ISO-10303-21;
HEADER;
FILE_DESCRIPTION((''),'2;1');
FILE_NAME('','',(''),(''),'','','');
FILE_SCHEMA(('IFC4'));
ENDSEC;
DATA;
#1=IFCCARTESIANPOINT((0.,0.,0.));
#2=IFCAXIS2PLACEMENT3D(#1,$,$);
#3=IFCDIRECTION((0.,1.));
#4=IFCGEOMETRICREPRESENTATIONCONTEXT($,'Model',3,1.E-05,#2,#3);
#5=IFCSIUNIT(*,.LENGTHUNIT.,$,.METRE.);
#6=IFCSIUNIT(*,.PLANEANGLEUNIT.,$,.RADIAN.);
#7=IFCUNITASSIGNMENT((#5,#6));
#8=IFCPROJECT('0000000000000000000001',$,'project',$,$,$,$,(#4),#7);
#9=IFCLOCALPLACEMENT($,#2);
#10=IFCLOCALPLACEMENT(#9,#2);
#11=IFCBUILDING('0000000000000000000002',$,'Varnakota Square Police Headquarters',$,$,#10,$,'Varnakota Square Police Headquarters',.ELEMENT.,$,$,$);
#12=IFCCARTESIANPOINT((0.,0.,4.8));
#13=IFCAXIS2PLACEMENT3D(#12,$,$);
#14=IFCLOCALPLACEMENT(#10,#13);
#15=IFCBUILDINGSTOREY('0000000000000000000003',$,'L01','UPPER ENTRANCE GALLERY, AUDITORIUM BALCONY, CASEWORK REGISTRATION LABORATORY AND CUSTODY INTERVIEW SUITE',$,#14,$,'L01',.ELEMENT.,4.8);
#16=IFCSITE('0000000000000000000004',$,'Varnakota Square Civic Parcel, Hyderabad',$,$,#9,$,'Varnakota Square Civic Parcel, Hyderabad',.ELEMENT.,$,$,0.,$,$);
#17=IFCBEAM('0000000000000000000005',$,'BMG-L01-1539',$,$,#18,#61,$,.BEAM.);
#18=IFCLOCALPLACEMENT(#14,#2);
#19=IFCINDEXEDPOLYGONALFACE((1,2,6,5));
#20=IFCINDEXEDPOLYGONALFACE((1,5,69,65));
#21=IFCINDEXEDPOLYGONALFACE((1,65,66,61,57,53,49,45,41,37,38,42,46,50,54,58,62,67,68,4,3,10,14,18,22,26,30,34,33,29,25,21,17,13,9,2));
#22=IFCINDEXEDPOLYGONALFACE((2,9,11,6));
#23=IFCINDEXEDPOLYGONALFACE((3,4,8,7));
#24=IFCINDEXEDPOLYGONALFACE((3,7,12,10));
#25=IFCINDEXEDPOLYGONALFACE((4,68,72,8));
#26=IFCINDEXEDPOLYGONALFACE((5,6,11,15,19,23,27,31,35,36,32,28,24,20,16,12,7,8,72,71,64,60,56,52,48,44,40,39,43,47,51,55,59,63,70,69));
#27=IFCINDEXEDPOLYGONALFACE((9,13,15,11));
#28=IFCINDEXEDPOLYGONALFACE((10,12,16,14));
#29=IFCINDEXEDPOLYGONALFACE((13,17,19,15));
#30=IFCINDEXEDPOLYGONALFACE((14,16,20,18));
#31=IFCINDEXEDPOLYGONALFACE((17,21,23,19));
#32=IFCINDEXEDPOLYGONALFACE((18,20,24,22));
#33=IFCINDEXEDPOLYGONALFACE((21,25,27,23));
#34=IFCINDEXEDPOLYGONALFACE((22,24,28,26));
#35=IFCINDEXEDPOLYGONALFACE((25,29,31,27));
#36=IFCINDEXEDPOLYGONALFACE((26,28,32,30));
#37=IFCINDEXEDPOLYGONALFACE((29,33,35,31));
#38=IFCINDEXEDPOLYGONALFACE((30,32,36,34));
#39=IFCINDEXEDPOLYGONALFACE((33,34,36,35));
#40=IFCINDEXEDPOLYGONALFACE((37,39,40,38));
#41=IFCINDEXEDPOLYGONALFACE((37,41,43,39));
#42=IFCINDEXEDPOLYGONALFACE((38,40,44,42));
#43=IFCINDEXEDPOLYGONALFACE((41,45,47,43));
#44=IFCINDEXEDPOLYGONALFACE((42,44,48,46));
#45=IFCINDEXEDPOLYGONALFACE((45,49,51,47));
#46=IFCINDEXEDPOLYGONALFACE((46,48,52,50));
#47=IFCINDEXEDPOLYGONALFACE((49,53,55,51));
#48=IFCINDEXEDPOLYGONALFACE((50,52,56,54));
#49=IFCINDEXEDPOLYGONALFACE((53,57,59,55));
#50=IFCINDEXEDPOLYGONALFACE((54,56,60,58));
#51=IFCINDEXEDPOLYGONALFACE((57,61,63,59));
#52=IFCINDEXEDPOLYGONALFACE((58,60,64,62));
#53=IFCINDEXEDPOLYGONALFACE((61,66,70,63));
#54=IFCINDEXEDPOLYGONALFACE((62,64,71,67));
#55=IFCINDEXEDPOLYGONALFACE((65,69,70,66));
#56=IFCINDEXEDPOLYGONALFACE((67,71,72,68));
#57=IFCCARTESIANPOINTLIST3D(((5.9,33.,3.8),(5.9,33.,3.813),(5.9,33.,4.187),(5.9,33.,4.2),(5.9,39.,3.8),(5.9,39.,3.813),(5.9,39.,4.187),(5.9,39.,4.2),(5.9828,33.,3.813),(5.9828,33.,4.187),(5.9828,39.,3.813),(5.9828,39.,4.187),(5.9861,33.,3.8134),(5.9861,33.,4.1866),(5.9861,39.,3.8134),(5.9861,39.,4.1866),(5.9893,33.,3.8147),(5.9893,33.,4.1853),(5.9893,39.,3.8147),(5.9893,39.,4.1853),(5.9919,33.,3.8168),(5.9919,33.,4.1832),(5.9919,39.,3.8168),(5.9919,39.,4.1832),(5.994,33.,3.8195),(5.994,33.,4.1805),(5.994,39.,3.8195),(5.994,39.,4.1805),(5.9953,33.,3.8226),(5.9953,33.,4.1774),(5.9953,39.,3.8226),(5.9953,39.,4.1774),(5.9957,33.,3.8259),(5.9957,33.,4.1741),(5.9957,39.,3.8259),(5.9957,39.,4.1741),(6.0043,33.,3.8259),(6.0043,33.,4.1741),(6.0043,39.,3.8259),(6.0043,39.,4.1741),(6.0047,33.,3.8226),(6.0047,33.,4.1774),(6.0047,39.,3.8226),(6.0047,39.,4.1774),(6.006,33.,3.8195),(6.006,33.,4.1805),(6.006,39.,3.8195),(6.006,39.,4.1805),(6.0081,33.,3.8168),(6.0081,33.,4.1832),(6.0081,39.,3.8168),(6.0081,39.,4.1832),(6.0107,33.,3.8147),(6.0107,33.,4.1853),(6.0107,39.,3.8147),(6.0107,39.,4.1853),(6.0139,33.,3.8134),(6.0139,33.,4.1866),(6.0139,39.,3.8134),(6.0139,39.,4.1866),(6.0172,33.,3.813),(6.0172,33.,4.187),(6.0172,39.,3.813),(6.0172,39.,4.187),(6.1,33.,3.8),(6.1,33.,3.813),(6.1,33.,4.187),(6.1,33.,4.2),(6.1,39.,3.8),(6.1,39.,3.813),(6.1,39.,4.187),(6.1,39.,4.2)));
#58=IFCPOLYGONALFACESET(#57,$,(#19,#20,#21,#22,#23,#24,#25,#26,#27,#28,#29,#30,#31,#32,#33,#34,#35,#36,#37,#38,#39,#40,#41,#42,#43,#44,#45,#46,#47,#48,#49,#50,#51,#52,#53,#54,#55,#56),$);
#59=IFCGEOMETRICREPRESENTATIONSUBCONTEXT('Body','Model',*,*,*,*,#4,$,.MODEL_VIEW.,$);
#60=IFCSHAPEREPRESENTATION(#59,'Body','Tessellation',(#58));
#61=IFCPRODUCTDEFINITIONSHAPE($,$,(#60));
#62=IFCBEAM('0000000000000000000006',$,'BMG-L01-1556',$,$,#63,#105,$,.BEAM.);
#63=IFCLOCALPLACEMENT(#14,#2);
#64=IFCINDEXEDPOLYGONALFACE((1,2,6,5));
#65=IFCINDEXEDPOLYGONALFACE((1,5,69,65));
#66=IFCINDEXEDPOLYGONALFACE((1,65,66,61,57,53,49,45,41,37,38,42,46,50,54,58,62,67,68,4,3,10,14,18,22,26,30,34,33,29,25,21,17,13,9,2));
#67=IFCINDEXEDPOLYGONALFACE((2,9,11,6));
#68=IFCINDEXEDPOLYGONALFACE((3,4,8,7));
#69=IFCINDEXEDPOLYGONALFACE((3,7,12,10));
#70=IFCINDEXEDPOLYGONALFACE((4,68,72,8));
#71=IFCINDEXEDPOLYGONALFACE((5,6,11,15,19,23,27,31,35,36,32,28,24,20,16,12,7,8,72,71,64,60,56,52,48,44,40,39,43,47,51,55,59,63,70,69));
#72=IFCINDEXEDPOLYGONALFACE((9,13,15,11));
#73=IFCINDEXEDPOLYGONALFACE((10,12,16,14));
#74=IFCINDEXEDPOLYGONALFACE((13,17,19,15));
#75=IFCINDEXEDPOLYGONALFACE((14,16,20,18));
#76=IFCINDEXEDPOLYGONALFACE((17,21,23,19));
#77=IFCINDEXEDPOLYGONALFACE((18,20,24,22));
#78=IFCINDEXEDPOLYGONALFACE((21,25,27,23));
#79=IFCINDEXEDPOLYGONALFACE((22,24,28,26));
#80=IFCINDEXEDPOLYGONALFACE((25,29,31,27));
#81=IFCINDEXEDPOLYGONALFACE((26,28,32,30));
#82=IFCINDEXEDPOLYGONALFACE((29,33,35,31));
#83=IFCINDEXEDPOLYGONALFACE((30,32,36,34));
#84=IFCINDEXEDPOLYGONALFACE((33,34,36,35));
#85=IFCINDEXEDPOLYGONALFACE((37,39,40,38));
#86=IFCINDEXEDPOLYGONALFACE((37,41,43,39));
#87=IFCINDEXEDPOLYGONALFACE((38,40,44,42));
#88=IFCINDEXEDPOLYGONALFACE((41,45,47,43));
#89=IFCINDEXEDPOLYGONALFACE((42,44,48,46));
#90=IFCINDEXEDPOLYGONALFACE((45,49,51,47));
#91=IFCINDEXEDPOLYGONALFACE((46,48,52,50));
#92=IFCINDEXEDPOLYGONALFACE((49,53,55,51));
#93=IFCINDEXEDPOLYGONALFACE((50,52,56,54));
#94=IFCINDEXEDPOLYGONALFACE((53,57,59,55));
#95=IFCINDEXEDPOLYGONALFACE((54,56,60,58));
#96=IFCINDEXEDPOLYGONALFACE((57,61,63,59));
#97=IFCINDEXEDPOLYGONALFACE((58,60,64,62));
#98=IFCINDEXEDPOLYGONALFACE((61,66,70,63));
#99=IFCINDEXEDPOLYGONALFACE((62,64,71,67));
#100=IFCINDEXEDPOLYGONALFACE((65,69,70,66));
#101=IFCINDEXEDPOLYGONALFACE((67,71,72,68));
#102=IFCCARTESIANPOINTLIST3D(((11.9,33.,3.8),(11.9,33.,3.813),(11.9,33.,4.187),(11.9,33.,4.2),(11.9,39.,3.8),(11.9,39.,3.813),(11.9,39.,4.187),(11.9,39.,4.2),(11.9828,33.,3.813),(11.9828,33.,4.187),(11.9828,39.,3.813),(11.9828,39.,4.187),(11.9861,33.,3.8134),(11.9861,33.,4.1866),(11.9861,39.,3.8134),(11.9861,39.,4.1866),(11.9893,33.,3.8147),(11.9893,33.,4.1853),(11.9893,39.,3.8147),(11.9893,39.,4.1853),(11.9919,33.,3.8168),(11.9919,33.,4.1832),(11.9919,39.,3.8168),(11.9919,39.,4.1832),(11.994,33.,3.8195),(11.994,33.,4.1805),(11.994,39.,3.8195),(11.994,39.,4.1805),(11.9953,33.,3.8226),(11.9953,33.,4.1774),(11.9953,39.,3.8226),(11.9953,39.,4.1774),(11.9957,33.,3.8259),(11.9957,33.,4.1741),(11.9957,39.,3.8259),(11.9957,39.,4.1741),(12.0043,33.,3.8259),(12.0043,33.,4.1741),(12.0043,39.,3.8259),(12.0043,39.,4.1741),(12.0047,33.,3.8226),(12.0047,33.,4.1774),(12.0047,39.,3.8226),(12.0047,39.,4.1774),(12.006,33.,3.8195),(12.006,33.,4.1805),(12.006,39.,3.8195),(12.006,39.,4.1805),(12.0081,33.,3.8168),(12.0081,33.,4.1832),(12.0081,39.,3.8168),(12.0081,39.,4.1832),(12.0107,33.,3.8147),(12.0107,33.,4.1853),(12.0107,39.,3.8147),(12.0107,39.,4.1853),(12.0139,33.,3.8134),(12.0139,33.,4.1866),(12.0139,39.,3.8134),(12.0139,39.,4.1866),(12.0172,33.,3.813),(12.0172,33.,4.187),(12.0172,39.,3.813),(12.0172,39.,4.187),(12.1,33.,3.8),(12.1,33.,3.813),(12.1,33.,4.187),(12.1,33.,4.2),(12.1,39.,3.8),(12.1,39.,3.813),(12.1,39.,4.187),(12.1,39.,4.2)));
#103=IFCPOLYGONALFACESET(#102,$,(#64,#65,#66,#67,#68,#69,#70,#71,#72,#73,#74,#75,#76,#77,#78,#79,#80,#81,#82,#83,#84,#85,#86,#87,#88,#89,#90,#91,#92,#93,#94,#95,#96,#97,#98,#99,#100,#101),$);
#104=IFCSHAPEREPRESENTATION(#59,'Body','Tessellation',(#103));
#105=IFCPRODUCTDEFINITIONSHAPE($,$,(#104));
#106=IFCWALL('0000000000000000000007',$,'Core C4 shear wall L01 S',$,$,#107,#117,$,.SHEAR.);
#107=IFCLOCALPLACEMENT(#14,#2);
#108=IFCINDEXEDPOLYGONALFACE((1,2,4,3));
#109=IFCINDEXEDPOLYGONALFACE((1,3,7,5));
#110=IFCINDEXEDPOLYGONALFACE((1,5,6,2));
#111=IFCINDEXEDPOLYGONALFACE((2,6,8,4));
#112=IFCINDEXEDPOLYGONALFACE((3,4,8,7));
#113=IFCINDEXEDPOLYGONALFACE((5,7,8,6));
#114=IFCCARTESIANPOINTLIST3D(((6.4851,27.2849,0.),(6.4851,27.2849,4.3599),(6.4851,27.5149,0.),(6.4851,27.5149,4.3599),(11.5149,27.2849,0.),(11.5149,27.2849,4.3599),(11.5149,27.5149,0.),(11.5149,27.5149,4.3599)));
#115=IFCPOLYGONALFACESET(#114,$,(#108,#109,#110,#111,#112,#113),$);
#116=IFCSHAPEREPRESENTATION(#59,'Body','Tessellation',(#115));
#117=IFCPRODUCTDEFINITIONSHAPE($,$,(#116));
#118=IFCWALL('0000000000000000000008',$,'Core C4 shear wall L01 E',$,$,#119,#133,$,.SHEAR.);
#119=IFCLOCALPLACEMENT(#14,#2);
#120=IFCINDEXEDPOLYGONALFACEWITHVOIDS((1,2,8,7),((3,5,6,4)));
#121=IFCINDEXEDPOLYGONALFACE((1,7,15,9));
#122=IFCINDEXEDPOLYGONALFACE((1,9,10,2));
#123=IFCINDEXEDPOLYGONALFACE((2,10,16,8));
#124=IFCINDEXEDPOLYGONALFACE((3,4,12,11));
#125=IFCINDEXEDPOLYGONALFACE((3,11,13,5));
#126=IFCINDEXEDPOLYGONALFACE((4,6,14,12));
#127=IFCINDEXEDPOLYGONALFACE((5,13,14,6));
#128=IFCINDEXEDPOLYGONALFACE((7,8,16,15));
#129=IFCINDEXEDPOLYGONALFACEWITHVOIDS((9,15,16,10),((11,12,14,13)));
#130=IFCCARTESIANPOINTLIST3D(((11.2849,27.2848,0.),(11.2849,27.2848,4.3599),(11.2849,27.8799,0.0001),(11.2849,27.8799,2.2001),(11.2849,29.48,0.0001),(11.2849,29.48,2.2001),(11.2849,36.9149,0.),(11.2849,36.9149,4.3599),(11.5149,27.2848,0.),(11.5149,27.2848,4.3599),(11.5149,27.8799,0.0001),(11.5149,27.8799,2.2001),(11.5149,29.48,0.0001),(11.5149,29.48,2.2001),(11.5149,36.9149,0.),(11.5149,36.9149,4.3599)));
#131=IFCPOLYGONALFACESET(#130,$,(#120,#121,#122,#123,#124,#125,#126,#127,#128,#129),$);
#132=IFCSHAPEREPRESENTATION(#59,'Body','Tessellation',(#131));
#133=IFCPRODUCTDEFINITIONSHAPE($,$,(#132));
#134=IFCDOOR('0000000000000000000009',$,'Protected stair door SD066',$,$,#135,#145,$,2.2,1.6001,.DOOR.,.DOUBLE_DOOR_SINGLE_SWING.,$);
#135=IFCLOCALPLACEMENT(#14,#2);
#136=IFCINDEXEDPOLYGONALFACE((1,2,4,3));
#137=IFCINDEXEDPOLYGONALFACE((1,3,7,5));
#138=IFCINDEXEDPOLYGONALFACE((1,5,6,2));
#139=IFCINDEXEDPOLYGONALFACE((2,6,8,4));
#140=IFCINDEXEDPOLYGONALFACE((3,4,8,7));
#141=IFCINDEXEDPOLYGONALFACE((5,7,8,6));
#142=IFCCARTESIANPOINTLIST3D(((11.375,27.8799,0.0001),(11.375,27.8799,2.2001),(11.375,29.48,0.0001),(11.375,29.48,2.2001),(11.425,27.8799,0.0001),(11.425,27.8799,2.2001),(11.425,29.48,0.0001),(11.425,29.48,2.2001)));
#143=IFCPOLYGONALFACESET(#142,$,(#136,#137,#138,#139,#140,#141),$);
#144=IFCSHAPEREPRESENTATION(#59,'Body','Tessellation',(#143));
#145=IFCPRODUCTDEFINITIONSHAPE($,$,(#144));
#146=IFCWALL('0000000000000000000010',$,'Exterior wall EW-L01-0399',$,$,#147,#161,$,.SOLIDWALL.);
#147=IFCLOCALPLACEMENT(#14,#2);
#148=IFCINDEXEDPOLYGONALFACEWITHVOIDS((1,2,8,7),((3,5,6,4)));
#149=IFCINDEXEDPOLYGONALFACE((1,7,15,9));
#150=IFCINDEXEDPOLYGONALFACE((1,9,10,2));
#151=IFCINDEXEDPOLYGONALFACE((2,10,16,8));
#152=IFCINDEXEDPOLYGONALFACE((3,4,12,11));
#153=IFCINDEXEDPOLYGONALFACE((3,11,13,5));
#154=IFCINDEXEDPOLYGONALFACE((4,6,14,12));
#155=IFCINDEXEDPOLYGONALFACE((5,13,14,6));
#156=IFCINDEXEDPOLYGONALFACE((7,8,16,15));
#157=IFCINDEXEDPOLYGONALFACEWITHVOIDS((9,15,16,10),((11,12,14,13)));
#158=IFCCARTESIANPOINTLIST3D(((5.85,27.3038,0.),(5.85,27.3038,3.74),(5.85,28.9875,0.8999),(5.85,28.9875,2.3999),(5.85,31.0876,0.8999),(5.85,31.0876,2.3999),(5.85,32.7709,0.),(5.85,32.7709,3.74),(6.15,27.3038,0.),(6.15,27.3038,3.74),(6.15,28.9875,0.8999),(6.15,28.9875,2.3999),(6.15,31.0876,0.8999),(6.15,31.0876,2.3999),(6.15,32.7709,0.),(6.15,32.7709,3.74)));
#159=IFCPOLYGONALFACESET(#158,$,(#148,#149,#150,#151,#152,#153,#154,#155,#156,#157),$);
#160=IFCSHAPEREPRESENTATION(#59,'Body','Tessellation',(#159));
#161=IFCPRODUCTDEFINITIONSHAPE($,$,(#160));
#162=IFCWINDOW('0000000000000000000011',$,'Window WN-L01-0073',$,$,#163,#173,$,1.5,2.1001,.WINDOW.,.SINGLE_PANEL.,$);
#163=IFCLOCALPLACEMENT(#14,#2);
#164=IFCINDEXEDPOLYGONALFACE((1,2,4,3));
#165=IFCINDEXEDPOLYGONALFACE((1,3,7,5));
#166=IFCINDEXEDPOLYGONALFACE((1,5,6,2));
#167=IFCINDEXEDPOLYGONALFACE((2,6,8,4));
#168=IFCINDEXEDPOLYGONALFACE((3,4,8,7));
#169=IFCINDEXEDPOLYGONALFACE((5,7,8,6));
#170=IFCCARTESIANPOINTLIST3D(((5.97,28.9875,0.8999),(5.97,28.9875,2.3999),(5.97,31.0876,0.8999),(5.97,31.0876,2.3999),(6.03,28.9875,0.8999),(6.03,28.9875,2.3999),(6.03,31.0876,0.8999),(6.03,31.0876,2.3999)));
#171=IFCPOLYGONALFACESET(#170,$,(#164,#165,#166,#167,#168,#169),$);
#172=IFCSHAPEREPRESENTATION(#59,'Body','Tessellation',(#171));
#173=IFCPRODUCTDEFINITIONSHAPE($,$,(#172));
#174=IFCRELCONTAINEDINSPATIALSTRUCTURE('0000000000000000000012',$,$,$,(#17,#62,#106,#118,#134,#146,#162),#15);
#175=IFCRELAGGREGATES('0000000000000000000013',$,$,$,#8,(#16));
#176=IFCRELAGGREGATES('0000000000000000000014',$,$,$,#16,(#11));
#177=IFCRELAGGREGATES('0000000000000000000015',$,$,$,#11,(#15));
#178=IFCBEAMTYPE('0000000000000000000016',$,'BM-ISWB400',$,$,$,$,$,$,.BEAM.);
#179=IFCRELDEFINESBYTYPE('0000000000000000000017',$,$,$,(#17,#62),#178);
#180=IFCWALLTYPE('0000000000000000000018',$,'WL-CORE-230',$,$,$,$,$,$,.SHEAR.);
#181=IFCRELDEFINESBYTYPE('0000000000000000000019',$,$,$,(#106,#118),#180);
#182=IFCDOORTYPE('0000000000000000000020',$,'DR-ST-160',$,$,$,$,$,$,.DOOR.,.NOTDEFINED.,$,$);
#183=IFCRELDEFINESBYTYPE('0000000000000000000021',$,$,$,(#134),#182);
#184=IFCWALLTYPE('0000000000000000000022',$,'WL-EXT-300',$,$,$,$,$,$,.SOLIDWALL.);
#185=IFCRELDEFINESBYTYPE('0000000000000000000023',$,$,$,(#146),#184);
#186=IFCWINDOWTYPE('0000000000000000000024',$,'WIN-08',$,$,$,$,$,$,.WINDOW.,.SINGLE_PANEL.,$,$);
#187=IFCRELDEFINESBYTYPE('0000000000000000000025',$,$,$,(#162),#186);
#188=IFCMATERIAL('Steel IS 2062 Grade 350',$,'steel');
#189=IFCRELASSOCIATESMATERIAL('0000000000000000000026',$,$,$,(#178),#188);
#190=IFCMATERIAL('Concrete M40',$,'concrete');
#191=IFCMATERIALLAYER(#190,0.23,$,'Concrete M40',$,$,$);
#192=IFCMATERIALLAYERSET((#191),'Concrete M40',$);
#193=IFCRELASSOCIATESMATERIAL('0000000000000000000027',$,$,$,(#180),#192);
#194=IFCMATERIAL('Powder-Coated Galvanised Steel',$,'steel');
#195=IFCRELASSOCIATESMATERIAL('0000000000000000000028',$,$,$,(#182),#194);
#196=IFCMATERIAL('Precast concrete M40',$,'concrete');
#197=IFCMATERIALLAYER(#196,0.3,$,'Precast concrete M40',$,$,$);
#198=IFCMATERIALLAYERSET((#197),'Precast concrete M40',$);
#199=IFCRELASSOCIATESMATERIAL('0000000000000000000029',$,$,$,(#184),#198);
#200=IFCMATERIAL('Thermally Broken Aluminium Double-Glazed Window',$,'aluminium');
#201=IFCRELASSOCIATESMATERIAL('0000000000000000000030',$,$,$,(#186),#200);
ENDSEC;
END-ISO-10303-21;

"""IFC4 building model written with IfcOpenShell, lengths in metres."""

from ifc_helpers import new_model, si_unit, direction, frame, frame_2d, origin, origin_2d, place, context, subcontext, project, spatial, rectangle, i_section, extrude, material, layer, layer_set, material_profile, profile_set, type_object, element, fill, save


model = new_model("IFC4")

# Units and contexts
model_context = context("Model", 3, precision=1e-05, world=origin(), true_north=direction((0.0, 1.0)))
body_context = subcontext(model_context, "Body", "Model", "MODEL_VIEW")
ifc_project = project(units=[si_unit("LENGTHUNIT", "METRE"), si_unit("PLANEANGLEUNIT", "RADIAN")], contexts=[model_context])

# Site, building, storey
site_placement = place(None, origin())
site = spatial("IfcSite", under=ifc_project, at=site_placement, Name="Varnakota Square Civic Parcel, Hyderabad", LongName="Varnakota Square Civic Parcel, Hyderabad", CompositionType="ELEMENT", RefElevation=0.0)
building_placement = place(site_placement, origin())
building = spatial("IfcBuilding", under=site, at=building_placement, Name="Varnakota Square Police Headquarters", LongName="Varnakota Square Police Headquarters", CompositionType="ELEMENT")
storey_placement = place(building_placement, frame((0.0, 0.0, 4.8)))
storey = spatial("IfcBuildingStorey", under=building, at=storey_placement, Name="L01", Description="UPPER ENTRANCE GALLERY, AUDITORIUM BALCONY, CASEWORK REGISTRATION LABORATORY AND CUSTODY INTERVIEW SUITE", LongName="L01", CompositionType="ELEMENT", Elevation=4.8)

# Shared definitions
ifc_material_1 = material(Name="Steel IS 2062 Grade 350", Category="steel")

# Beams
ifc_material_profile_1 = material_profile(ifc_material_1, i_section(OverallWidth=0.2, OverallDepth=0.3999, WebThickness=0.0085, FlangeThickness=0.0129, FilletRadius=0.0129, at=origin_2d()), Name="ISWB 400")
ifc_profile_set_1 = profile_set([ifc_material_profile_1], Name="Steel IS 2062 Grade 350")
beam_type_1 = type_object("IfcBeamType", Name="BM-ISWB400", PredefinedType="BEAM", material=ifc_profile_set_1)
for number, where, z_axis, x_axis, name in (
    (1, (6.0, 33.0, 4.0), (0.0, 1.0, 0.0), (-1.0, 0.0, 0.0), "BMG-L01-1539"),
    (2, (12.0, 33.0, 4.0), (0.0, 1.0, 0.0), (-1.0, 0.0, 0.0), "BMG-L01-1556"),
):
    element("IfcBeam", number, at=place(storey_placement, frame(where, z_axis=z_axis, x_axis=x_axis)), inside=storey, type_object=beam_type_1, Name=name, PredefinedType="BEAM", context=body_context, shape_type="SweptSolid", body=[
        extrude(i_section(OverallWidth=0.2, OverallDepth=0.3999, WebThickness=0.0085, FlangeThickness=0.0129, FilletRadius=0.0129, at=origin_2d()), origin(), (0.0, 0.0, 1.0), 6.0),
    ])

# Wall
ifc_material_2 = material(Name="Concrete M40", Category="concrete")
ifc_layer_1 = layer(ifc_material_2, 0.23, Name="Concrete M40")
ifc_layer_set_1 = layer_set([ifc_layer_1], Name="Concrete M40")
wall_type_1 = type_object("IfcWallType", Name="WL-CORE-230", PredefinedType="SHEAR", material=ifc_layer_set_1)
wall_1_placement = place(storey_placement, frame((6.4851, 27.3999, 0.0), z_axis=(0.0, 0.0, 1.0), x_axis=(1.0, 0.0, 0.0)))
element("IfcWall", 3, at=wall_1_placement, inside=storey, type_object=wall_type_1, Name="Core C4 shear wall L01 S", PredefinedType="SHEAR", context=body_context, shape_type="SweptSolid", body=[
    extrude(rectangle(XDim=5.0298, YDim=0.23, at=frame_2d((2.5149, 0.0))), origin(), (0.0, 0.0, 1.0), 4.3599),
])

# Wall, opening, door
wall_2_placement = place(storey_placement, frame((11.3999, 27.2849, 0.0), z_axis=(0.0, 0.0, 1.0), x_axis=(0.0, 1.0, 0.0)))
wall_2 = element("IfcWall", 4, at=wall_2_placement, inside=storey, type_object=wall_type_1, Name="Core C4 shear wall L01 E", PredefinedType="SHEAR", context=body_context, shape_type="SweptSolid", body=[
    extrude(rectangle(XDim=9.6301, YDim=0.23, at=frame_2d((4.8149, 0.0))), origin(), (0.0, 0.0, 1.0), 4.3599),
])
opening_1_placement = place(wall_2_placement, frame((0.595, 0.0, 0.0)))
opening_1 = element("IfcOpeningElement", 5, at=opening_1_placement, cuts=wall_2, PredefinedType="OPENING", context=body_context, shape_type="SweptSolid", body=[
    extrude(rectangle(XDim=1.6001, YDim=2.2, at=frame_2d((0.8, 1.1001))), frame((0.0, 0.125, 0.0), z_axis=(0.0, -1.0, 0.0), x_axis=(1.0, 0.0, 0.0)), (0.0, 0.0, 1.0), 0.25),
])
ifc_material_3 = material(Name="Powder-Coated Galvanised Steel", Category="steel")
door_type_1 = type_object("IfcDoorType", Name="DR-ST-160", OperationType="NOTDEFINED", PredefinedType="DOOR", material=ifc_material_3)
door_1_placement = place(opening_1_placement, origin())
door_1 = element("IfcDoor", 6, at=door_1_placement, inside=storey, type_object=door_type_1, Name="Protected stair door SD066", OperationType="DOUBLE_DOOR_SINGLE_SWING", OverallHeight=2.2, OverallWidth=1.6001, PredefinedType="DOOR", context=body_context, shape_type="SweptSolid", body=[
    extrude(rectangle(XDim=1.6001, YDim=2.2, at=frame_2d((0.8, 1.1001))), frame((0.0, 0.0249, 0.0), z_axis=(0.0, -1.0, 0.0), x_axis=(1.0, 0.0, 0.0)), (0.0, 0.0, 1.0), 0.05),
])
fill(opening_1, door_1)

# Wall, opening, window
ifc_material_4 = material(Name="Precast concrete M40", Category="concrete")
ifc_layer_2 = layer(ifc_material_4, 0.3, Name="Precast concrete M40")
ifc_layer_set_2 = layer_set([ifc_layer_2], Name="Precast concrete M40")
wall_type_2 = type_object("IfcWallType", Name="WL-EXT-300", PredefinedType="SOLIDWALL", material=ifc_layer_set_2)
wall_3_placement = place(storey_placement, frame((6.0, 27.304, 0.0), z_axis=(0.0, 0.0, 1.0), x_axis=(0.0, 1.0, 0.0)))
wall_3 = element("IfcWall", 7, at=wall_3_placement, inside=storey, type_object=wall_type_2, Name="Exterior wall EW-L01-0399", PredefinedType="SOLIDWALL", context=body_context, shape_type="SweptSolid", body=[
    extrude(rectangle(XDim=5.467, YDim=0.3, at=frame_2d((2.7334, 0.0))), origin(), (0.0, 0.0, 1.0), 3.74),
])
opening_2_placement = place(wall_3_placement, frame((1.6836, 0.0, 0.8999)))
opening_2 = element("IfcOpeningElement", 8, at=opening_2_placement, cuts=wall_3, PredefinedType="OPENING", context=body_context, shape_type="SweptSolid", body=[
    extrude(rectangle(XDim=2.1001, YDim=1.5, at=frame_2d((1.05, 0.75))), frame((0.0, 0.1599, 0.0), z_axis=(0.0, -1.0, 0.0), x_axis=(1.0, 0.0, 0.0)), (0.0, 0.0, 1.0), 0.3201),
])
ifc_material_5 = material(Name="Thermally Broken Aluminium Double-Glazed Window", Category="aluminium")
window_type = type_object("IfcWindowType", Name="WIN-08", PartitioningType="SINGLE_PANEL", PredefinedType="WINDOW", material=ifc_material_5)
window_placement = place(opening_2_placement, origin())
window = element("IfcWindow", 9, at=window_placement, inside=storey, type_object=window_type, Name="Window WN-L01-0073", OverallHeight=1.5, OverallWidth=2.1001, PartitioningType="SINGLE_PANEL", PredefinedType="WINDOW", context=body_context, shape_type="SweptSolid", body=[
    extrude(rectangle(XDim=2.1001, YDim=1.5, at=frame_2d((1.05, 0.75))), frame((0.0, 0.03, 0.0), z_axis=(0.0, -1.0, 0.0), x_axis=(1.0, 0.0, 0.0)), (0.0, 0.0, 1.0), 0.0601),
])
fill(opening_2, window)

save(model, "model.ifc")
